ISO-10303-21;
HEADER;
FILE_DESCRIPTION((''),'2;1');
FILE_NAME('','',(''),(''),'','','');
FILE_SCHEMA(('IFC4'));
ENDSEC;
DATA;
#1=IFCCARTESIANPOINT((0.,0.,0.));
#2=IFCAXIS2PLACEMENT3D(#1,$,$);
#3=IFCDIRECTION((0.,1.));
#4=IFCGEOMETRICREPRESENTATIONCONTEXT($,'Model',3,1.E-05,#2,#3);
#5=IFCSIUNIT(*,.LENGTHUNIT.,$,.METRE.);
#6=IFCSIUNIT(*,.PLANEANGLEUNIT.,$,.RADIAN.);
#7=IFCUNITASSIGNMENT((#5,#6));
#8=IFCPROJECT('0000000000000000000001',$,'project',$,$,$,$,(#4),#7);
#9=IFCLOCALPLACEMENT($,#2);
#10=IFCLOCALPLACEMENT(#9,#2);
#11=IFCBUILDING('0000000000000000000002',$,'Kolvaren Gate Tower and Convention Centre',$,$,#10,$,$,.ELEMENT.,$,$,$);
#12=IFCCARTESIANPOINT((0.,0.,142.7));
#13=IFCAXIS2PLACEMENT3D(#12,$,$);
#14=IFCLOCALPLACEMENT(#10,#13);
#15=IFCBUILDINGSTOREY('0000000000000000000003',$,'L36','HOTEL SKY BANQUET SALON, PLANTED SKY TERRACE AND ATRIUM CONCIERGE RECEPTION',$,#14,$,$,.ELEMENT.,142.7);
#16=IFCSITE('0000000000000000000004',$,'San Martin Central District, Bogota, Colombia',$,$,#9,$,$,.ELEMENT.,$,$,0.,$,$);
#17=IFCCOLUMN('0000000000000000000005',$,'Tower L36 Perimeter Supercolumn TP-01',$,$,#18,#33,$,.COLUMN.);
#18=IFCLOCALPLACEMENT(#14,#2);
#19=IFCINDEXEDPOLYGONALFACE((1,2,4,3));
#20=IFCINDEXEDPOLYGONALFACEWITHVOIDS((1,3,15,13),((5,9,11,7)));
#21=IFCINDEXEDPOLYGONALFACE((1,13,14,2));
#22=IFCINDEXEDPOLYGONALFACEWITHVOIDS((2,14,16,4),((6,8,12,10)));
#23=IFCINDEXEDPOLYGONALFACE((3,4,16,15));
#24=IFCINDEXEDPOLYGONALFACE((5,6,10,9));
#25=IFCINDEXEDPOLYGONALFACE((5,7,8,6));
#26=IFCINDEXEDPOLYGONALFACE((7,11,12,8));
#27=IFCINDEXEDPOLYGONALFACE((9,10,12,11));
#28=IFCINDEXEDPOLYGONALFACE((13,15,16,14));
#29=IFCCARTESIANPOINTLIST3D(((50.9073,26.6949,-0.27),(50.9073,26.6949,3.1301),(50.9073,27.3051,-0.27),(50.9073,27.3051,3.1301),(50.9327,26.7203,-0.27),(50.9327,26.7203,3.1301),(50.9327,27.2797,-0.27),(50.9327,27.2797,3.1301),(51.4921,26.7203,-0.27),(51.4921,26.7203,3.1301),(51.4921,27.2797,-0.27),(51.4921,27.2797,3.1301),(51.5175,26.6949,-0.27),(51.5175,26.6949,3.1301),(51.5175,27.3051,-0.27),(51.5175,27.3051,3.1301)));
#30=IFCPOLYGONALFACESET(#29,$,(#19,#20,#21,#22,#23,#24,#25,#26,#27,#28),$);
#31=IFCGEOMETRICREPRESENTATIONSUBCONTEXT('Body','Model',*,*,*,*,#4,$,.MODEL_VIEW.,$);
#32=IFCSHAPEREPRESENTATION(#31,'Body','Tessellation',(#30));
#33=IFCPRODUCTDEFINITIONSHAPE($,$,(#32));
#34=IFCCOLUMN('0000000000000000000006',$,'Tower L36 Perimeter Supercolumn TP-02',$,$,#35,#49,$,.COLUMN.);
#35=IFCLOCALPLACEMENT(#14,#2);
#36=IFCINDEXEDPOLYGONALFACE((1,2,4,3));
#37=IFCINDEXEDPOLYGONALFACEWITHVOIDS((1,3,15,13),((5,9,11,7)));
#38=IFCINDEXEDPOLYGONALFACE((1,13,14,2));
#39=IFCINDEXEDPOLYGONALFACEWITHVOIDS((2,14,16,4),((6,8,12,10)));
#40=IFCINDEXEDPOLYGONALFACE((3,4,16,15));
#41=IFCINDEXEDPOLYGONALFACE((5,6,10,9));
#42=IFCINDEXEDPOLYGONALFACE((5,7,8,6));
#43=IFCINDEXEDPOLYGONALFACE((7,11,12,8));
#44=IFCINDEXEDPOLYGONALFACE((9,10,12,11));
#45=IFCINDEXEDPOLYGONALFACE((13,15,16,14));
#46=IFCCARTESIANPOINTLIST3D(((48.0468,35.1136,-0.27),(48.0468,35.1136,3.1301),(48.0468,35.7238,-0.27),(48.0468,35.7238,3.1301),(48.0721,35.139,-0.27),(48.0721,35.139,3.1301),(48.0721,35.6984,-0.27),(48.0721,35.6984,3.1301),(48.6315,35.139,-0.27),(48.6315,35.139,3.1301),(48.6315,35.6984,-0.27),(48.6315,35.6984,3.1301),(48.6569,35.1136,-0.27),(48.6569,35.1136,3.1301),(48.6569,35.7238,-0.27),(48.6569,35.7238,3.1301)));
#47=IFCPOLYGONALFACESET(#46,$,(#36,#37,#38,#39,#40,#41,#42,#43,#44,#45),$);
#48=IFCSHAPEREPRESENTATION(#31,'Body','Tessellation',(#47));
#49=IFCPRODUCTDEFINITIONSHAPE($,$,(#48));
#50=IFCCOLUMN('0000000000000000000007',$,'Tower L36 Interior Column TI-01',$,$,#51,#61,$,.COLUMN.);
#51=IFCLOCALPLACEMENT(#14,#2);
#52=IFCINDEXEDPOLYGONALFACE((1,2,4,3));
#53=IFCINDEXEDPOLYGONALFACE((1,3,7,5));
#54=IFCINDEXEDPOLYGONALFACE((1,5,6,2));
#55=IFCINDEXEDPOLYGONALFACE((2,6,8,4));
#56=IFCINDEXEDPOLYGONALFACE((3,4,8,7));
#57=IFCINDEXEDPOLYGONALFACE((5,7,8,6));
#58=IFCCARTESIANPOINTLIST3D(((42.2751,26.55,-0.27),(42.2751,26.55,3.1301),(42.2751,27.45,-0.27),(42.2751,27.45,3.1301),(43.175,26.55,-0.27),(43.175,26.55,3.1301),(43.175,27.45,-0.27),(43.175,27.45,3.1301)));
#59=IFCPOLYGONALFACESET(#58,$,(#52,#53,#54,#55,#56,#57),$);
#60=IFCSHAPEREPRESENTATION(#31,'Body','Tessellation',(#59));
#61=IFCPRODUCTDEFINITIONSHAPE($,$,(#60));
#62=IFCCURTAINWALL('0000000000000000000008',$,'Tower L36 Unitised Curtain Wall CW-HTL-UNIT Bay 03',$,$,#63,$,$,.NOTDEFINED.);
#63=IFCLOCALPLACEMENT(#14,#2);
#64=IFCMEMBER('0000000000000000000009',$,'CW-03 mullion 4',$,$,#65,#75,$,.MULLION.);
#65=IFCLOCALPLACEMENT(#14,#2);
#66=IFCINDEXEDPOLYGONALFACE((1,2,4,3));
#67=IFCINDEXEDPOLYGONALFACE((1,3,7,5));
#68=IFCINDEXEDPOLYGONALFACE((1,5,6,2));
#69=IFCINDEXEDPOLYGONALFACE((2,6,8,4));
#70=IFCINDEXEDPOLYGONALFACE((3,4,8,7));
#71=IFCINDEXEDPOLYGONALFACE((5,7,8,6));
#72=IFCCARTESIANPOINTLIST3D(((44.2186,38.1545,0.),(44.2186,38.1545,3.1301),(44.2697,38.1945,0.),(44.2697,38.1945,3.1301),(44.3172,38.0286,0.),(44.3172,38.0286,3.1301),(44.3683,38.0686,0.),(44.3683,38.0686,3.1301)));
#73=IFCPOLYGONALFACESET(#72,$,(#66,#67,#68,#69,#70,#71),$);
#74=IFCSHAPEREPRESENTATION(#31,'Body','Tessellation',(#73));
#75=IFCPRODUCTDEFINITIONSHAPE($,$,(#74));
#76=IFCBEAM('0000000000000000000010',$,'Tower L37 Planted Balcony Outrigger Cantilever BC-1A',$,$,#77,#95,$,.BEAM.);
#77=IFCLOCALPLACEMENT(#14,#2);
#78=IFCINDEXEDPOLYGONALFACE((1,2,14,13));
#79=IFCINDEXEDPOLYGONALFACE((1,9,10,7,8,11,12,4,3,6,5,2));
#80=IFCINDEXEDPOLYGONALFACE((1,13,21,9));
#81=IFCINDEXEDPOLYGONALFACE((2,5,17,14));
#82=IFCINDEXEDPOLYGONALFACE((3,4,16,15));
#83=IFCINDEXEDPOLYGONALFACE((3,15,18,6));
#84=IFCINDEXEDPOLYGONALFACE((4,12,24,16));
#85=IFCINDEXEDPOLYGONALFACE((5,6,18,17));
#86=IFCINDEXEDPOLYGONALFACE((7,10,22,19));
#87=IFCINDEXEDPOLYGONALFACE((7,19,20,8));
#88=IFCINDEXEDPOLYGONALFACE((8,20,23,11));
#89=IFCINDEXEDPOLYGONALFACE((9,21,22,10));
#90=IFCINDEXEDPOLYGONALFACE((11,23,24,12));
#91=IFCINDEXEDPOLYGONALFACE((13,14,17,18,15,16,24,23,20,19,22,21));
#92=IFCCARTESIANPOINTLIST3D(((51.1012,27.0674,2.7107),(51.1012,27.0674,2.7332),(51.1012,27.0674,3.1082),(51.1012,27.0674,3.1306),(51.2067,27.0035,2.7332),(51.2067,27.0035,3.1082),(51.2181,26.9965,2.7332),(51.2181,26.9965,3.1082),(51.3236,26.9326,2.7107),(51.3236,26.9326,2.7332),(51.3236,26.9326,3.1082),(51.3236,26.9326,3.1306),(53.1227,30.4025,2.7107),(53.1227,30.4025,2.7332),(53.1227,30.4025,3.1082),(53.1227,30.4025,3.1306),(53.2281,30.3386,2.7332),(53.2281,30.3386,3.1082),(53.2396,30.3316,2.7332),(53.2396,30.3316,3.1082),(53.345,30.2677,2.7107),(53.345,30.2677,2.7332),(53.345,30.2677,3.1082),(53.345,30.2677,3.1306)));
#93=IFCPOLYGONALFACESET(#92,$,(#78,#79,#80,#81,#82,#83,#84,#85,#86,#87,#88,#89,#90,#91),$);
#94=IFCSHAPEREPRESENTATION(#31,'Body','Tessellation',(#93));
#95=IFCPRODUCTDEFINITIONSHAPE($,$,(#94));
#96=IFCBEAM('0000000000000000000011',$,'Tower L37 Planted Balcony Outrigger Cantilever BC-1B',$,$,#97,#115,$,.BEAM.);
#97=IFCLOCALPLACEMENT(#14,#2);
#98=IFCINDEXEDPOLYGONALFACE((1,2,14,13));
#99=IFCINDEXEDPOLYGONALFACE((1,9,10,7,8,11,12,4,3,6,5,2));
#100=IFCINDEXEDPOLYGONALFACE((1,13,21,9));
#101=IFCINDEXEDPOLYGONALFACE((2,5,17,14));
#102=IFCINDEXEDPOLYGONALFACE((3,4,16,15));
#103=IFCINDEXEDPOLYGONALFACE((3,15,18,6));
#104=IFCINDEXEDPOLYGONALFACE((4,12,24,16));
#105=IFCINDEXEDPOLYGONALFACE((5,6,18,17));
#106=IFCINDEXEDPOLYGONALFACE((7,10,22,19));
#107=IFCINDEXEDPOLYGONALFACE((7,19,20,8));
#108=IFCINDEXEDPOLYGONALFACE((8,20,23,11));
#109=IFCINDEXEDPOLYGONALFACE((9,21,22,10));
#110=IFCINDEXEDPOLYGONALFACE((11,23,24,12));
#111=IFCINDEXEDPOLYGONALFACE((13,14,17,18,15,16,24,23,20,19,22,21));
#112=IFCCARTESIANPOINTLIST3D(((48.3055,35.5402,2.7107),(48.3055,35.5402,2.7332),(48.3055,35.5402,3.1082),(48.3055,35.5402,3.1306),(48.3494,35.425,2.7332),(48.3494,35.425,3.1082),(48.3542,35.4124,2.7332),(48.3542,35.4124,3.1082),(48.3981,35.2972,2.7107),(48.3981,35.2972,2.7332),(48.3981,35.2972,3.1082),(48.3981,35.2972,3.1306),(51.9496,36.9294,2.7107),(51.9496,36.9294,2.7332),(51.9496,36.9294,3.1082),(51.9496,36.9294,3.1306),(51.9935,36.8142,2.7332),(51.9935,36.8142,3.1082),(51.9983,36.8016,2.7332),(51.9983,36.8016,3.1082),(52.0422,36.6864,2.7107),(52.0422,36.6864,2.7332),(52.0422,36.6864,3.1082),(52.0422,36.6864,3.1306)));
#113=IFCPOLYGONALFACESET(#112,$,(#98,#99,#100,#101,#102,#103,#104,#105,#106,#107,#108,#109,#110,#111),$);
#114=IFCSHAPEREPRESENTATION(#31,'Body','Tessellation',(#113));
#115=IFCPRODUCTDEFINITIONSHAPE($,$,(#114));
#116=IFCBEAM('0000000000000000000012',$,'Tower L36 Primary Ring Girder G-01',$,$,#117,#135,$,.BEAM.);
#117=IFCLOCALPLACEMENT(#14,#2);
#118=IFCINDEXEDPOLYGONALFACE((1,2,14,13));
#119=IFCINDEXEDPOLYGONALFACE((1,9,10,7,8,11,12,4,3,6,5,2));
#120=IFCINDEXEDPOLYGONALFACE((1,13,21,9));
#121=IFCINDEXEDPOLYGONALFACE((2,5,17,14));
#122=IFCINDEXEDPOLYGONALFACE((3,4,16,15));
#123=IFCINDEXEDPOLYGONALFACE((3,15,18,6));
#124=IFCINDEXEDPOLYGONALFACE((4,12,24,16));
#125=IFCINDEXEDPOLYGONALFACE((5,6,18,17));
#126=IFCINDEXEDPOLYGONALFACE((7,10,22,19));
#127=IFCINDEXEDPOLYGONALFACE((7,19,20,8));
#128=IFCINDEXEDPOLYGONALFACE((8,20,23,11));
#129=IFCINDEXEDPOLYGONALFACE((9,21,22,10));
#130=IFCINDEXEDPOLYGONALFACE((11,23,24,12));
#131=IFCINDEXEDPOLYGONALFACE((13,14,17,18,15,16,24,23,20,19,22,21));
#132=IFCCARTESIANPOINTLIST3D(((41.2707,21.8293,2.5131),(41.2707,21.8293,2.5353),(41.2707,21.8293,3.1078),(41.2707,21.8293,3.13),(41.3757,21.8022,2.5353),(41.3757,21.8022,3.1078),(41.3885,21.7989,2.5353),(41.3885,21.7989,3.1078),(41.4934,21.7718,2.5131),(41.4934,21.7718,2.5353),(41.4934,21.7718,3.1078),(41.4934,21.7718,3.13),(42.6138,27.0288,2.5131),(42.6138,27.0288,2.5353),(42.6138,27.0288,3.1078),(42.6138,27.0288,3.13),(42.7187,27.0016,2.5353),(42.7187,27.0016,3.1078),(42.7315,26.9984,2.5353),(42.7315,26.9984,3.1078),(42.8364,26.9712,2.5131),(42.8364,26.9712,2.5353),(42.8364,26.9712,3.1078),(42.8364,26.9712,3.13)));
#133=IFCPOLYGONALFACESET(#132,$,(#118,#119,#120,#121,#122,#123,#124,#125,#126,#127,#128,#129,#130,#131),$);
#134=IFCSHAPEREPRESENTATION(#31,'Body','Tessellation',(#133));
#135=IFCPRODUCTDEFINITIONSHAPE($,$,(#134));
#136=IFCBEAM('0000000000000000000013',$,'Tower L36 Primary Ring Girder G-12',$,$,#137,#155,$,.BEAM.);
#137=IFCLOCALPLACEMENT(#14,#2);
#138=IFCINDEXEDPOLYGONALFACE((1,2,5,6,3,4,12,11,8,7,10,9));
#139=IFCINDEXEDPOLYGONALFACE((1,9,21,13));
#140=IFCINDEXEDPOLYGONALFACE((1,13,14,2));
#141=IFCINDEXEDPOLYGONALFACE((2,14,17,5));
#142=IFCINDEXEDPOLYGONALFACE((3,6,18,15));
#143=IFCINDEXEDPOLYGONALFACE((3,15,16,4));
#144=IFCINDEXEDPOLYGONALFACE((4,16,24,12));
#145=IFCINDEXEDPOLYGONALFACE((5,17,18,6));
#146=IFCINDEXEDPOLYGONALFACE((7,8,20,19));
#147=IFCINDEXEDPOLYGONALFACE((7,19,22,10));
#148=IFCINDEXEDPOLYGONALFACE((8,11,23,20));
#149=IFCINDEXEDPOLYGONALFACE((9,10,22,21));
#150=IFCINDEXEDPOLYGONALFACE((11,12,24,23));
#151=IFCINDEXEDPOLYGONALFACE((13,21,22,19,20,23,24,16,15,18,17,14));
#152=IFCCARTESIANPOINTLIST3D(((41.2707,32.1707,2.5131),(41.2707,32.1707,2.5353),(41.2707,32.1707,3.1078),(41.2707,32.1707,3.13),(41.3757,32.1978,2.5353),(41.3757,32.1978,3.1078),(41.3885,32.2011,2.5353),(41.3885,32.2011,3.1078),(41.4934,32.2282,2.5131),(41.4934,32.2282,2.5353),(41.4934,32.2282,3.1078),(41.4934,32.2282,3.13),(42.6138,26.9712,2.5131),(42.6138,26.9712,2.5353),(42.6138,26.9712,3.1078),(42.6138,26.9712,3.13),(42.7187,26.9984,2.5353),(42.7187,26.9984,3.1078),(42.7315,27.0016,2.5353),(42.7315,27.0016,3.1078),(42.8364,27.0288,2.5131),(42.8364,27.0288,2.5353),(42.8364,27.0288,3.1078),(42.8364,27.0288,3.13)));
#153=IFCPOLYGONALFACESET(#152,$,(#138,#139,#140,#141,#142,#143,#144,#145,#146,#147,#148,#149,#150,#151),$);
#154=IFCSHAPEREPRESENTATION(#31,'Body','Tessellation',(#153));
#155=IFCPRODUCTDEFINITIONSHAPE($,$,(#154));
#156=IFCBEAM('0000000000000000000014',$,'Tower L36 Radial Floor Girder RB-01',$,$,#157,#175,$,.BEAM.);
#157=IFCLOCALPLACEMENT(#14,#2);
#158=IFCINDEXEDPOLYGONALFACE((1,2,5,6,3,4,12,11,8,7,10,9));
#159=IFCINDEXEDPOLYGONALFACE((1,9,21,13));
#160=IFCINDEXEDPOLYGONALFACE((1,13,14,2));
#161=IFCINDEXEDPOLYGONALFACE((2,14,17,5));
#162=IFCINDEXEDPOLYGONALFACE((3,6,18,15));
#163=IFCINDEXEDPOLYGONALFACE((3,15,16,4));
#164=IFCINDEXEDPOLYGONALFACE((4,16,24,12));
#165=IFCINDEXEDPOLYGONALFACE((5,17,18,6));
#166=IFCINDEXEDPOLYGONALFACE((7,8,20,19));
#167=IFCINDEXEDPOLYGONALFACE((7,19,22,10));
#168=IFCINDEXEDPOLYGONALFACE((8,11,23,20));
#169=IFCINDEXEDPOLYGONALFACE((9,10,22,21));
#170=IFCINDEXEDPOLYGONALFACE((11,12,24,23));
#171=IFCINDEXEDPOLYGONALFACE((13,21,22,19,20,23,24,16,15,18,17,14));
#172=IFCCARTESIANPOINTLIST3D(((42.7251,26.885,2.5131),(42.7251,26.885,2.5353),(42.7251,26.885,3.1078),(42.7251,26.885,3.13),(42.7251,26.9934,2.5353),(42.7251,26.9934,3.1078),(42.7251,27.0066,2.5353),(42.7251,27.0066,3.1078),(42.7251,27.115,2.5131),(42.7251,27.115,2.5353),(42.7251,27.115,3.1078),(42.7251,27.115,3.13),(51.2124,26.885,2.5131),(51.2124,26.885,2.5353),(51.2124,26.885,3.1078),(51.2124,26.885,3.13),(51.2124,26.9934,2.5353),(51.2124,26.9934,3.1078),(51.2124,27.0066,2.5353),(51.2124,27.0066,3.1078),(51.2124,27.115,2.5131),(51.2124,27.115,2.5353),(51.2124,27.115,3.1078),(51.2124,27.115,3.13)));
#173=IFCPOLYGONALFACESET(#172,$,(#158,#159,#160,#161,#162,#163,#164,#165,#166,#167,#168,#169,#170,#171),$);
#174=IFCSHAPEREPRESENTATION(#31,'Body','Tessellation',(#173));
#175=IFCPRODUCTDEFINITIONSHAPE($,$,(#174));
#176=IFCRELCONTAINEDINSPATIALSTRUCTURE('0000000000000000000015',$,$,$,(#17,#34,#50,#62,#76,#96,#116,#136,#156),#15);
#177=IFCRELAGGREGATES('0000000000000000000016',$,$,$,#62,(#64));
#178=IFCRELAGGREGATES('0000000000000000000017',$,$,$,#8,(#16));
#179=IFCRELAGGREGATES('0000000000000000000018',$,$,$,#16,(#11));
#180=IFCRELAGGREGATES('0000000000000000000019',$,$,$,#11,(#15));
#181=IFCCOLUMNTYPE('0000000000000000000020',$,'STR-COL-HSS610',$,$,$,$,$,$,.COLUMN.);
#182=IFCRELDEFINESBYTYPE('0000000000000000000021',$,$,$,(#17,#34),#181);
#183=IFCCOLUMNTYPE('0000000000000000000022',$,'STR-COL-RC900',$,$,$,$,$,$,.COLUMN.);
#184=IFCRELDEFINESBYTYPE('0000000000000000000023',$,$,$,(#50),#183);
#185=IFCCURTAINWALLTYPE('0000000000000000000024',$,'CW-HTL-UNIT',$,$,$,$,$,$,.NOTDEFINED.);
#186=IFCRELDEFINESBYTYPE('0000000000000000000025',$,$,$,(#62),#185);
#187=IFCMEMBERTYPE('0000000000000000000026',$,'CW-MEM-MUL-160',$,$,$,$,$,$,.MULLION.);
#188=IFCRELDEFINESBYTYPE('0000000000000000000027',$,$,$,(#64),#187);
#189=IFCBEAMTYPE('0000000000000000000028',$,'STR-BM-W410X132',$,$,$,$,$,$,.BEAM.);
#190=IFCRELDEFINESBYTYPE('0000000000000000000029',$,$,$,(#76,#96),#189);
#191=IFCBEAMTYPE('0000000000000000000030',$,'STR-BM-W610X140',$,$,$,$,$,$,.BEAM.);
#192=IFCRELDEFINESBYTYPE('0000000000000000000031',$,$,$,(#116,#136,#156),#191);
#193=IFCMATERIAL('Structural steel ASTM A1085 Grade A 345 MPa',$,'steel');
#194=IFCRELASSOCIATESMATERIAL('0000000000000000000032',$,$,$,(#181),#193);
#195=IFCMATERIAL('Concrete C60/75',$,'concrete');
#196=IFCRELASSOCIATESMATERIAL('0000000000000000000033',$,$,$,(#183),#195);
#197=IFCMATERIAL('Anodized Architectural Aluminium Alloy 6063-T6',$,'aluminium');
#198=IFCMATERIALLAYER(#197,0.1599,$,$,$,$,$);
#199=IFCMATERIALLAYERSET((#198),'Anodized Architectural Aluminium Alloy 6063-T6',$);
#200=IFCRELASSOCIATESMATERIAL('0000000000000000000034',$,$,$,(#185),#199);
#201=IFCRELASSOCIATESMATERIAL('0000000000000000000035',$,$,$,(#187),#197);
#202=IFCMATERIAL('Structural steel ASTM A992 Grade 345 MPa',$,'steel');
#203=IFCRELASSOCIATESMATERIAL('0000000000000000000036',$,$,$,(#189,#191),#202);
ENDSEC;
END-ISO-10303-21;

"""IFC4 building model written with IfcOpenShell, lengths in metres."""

from ifc_helpers import new_model, si_unit, direction, frame, origin, origin_2d, place, context, subcontext, project, spatial, rectangle, hollow_rectangle, i_section, extrude, material, layer, layer_set, material_profile, profile_set, type_object, element, aggregate, save


model = new_model("IFC4")

# Units and contexts
model_context = context("Model", 3, precision=1e-05, world=origin(), true_north=direction((0.0, 1.0)))
body_context = subcontext(model_context, "Body", "Model", "MODEL_VIEW")
ifc_project = project(units=[si_unit("LENGTHUNIT", "METRE"), si_unit("PLANEANGLEUNIT", "RADIAN")], contexts=[model_context])

# Site, building, storey
site_placement = place(None, origin())
site = spatial("IfcSite", under=ifc_project, at=site_placement, Name="San Martin Central District, Bogota, Colombia", CompositionType="ELEMENT", RefElevation=0.0)
building_placement = place(site_placement, origin())
building = spatial("IfcBuilding", under=site, at=building_placement, Name="Kolvaren Gate Tower and Convention Centre", CompositionType="ELEMENT")
storey_placement = place(building_placement, frame((0.0, 0.0, 142.7)))
storey = spatial("IfcBuildingStorey", under=building, at=storey_placement, Name="L36", Description="HOTEL SKY BANQUET SALON, PLANTED SKY TERRACE AND ATRIUM CONCIERGE RECEPTION", CompositionType="ELEMENT", Elevation=142.7)

# Columns
ifc_material_1 = material(Name="Structural steel ASTM A1085 Grade A 345 MPa", Category="steel")
ifc_material_profile_1 = material_profile(ifc_material_1, hollow_rectangle(XDim=0.6101, YDim=0.6101, WallThickness=0.0254, at=origin_2d()), Name="HSS610X610X25.4")
ifc_profile_set_1 = profile_set([ifc_material_profile_1], Name="Structural steel ASTM A1085 Grade A 345 MPa")
column_type_1 = type_object("IfcColumnType", Name="STR-COL-HSS610", PredefinedType="COLUMN", material=ifc_profile_set_1)
for number, where, z_axis, x_axis, name in (
    (1, (51.2124, 27.0, -0.27), (0.0, 0.0, 1.0), (1.0, 0.0, 0.0), "Tower L36 Perimeter Supercolumn TP-01"),
    (2, (48.3518, 35.4187, -0.27), (0.0, 0.0, 1.0), (1.0, 0.0, 0.0), "Tower L36 Perimeter Supercolumn TP-02"),
):
    element("IfcColumn", number, at=place(storey_placement, frame(where, z_axis=z_axis, x_axis=x_axis)), inside=storey, type_object=column_type_1, Name=name, PredefinedType="COLUMN", context=body_context, shape_type="SweptSolid", body=[
        extrude(hollow_rectangle(XDim=0.6101, YDim=0.6101, WallThickness=0.0254, at=origin_2d()), origin(), (0.0, 0.0, 1.0), 3.4001),
    ])
ifc_material_2 = material(Name="Concrete C60/75", Category="concrete")
ifc_material_profile_2 = material_profile(ifc_material_2, rectangle(XDim=0.8999, YDim=0.8999, at=origin_2d()), Name="RC-COL-900X900")
ifc_profile_set_2 = profile_set([ifc_material_profile_2], Name="Concrete C60/75")
column_type_2 = type_object("IfcColumnType", Name="STR-COL-RC900", PredefinedType="COLUMN", material=ifc_profile_set_2)
column_placement = place(storey_placement, frame((42.7251, 27.0, -0.27), z_axis=(0.0, 0.0, 1.0), x_axis=(1.0, 0.0, 0.0)))
element("IfcColumn", 3, at=column_placement, inside=storey, type_object=column_type_2, Name="Tower L36 Interior Column TI-01", PredefinedType="COLUMN", context=body_context, shape_type="SweptSolid", body=[
    extrude(rectangle(XDim=0.8999, YDim=0.8999, at=origin_2d()), origin(), (0.0, 0.0, 1.0), 3.4001),
])

# Curtain wall, member
ifc_material_3 = material(Name="Anodized Architectural Aluminium Alloy 6063-T6", Category="aluminium")
ifc_layer_1 = layer(ifc_material_3, 0.1599)
ifc_layer_set_1 = layer_set([ifc_layer_1], Name="Anodized Architectural Aluminium Alloy 6063-T6")
curtain_wall_type = type_object("IfcCurtainWallType", Name="CW-HTL-UNIT", PredefinedType="NOTDEFINED", material=ifc_layer_set_1)
curtain_wall_placement = place(storey_placement, origin())
curtain_wall = element("IfcCurtainWall", 4, at=curtain_wall_placement, inside=storey, type_object=curtain_wall_type, Name="Tower L36 Unitised Curtain Wall CW-HTL-UNIT Bay 03", PredefinedType="NOTDEFINED")
ifc_material_profile_3 = material_profile(ifc_material_3, rectangle(XDim=0.0649, YDim=0.1599, at=origin_2d()), Name="CW-MEM-MUL-160")
ifc_profile_set_3 = profile_set([ifc_material_profile_3], Name="Anodized Architectural Aluminium Alloy 6063-T6")
member_type = type_object("IfcMemberType", Name="CW-MEM-MUL-160", PredefinedType="MULLION", material=ifc_profile_set_3)
member_placement = place(storey_placement, frame((44.2935, 38.1116, 0.0), z_axis=(0.0, 0.0, 1.0), x_axis=(0.787404, 0.616438, 0.0)))
member = element("IfcMember", 5, at=member_placement, type_object=member_type, Name="CW-03 mullion 4", PredefinedType="MULLION", context=body_context, shape_type="SweptSolid", body=[
    extrude(rectangle(XDim=0.0649, YDim=0.1599, at=origin_2d()), origin(), (0.0, 0.0, 1.0), 3.1301),
])
aggregate(curtain_wall, [member])

# Beams
ifc_material_4 = material(Name="Structural steel ASTM A992 Grade 345 MPa", Category="steel")
ifc_material_profile_4 = material_profile(ifc_material_4, i_section(OverallWidth=0.26, OverallDepth=0.4199, WebThickness=0.0134, FlangeThickness=0.0225, at=origin_2d()), Name="W410X132")
ifc_profile_set_4 = profile_set([ifc_material_profile_4], Name="Structural steel ASTM A992 Grade 345 MPa")
beam_type_1 = type_object("IfcBeamType", Name="STR-BM-W410X132", PredefinedType="BEAM", material=ifc_profile_set_4)
for number, where, z_axis, x_axis, name in (
    (6, (51.2124, 27.0, 2.9207), (0.518329, 0.855181, 0.0), (-0.855181, 0.518329, 0.0), "Tower L37 Planted Balcony Outrigger Cantilever BC-1A"),
    (7, (48.3518, 35.4187, 2.9207), (0.934406, 0.356209, 0.0), (-0.356209, 0.934406, 0.0), "Tower L37 Planted Balcony Outrigger Cantilever BC-1B"),
):
    element("IfcBeam", number, at=place(storey_placement, frame(where, z_axis=z_axis, x_axis=x_axis)), inside=storey, type_object=beam_type_1, Name=name, PredefinedType="BEAM", context=body_context, shape_type="SweptSolid", body=[
        extrude(i_section(OverallWidth=0.26, OverallDepth=0.4199, WebThickness=0.0134, FlangeThickness=0.0225, at=origin_2d()), origin(), (0.0, 0.0, 1.0), 3.8999),
    ])
ifc_material_profile_5 = material_profile(ifc_material_4, i_section(OverallWidth=0.23, OverallDepth=0.6169, WebThickness=0.0132, FlangeThickness=0.0222, at=origin_2d()), Name="W610X140")
ifc_profile_set_5 = profile_set([ifc_material_profile_5], Name="Structural steel ASTM A992 Grade 345 MPa")
beam_type_2 = type_object("IfcBeamType", Name="STR-BM-W610X140", PredefinedType="BEAM", material=ifc_profile_set_5)
for number, where, z_axis, x_axis, name in (
    (8, (42.7251, 27.0, 2.8215), (-0.250091, -0.968222, 0.0), (0.968222, -0.250091, 0.0), "Tower L36 Primary Ring Girder G-01"),
    (9, (42.7251, 27.0, 2.8215), (-0.250091, 0.968222, 0.0), (-0.968222, -0.250091, 0.0), "Tower L36 Primary Ring Girder G-12"),
):
    element("IfcBeam", number, at=place(storey_placement, frame(where, z_axis=z_axis, x_axis=x_axis)), inside=storey, type_object=beam_type_2, Name=name, PredefinedType="BEAM", context=body_context, shape_type="SweptSolid", body=[
        extrude(i_section(OverallWidth=0.23, OverallDepth=0.6169, WebThickness=0.0132, FlangeThickness=0.0222, at=origin_2d()), origin(), (0.0, 0.0, 1.0), 5.3701),
    ])
beam_1_placement = place(storey_placement, frame((42.7251, 27.0, 2.8215), z_axis=(1.0, 0.0, 0.0), x_axis=(0.0, 1.0, 0.0)))
element("IfcBeam", 10, at=beam_1_placement, inside=storey, type_object=beam_type_2, Name="Tower L36 Radial Floor Girder RB-01", PredefinedType="BEAM", context=body_context, shape_type="SweptSolid", body=[
    extrude(i_section(OverallWidth=0.23, OverallDepth=0.6169, WebThickness=0.0132, FlangeThickness=0.0222, at=origin_2d()), origin(), (0.0, 0.0, 1.0), 8.4873),
])

save(model, "model.ifc")
